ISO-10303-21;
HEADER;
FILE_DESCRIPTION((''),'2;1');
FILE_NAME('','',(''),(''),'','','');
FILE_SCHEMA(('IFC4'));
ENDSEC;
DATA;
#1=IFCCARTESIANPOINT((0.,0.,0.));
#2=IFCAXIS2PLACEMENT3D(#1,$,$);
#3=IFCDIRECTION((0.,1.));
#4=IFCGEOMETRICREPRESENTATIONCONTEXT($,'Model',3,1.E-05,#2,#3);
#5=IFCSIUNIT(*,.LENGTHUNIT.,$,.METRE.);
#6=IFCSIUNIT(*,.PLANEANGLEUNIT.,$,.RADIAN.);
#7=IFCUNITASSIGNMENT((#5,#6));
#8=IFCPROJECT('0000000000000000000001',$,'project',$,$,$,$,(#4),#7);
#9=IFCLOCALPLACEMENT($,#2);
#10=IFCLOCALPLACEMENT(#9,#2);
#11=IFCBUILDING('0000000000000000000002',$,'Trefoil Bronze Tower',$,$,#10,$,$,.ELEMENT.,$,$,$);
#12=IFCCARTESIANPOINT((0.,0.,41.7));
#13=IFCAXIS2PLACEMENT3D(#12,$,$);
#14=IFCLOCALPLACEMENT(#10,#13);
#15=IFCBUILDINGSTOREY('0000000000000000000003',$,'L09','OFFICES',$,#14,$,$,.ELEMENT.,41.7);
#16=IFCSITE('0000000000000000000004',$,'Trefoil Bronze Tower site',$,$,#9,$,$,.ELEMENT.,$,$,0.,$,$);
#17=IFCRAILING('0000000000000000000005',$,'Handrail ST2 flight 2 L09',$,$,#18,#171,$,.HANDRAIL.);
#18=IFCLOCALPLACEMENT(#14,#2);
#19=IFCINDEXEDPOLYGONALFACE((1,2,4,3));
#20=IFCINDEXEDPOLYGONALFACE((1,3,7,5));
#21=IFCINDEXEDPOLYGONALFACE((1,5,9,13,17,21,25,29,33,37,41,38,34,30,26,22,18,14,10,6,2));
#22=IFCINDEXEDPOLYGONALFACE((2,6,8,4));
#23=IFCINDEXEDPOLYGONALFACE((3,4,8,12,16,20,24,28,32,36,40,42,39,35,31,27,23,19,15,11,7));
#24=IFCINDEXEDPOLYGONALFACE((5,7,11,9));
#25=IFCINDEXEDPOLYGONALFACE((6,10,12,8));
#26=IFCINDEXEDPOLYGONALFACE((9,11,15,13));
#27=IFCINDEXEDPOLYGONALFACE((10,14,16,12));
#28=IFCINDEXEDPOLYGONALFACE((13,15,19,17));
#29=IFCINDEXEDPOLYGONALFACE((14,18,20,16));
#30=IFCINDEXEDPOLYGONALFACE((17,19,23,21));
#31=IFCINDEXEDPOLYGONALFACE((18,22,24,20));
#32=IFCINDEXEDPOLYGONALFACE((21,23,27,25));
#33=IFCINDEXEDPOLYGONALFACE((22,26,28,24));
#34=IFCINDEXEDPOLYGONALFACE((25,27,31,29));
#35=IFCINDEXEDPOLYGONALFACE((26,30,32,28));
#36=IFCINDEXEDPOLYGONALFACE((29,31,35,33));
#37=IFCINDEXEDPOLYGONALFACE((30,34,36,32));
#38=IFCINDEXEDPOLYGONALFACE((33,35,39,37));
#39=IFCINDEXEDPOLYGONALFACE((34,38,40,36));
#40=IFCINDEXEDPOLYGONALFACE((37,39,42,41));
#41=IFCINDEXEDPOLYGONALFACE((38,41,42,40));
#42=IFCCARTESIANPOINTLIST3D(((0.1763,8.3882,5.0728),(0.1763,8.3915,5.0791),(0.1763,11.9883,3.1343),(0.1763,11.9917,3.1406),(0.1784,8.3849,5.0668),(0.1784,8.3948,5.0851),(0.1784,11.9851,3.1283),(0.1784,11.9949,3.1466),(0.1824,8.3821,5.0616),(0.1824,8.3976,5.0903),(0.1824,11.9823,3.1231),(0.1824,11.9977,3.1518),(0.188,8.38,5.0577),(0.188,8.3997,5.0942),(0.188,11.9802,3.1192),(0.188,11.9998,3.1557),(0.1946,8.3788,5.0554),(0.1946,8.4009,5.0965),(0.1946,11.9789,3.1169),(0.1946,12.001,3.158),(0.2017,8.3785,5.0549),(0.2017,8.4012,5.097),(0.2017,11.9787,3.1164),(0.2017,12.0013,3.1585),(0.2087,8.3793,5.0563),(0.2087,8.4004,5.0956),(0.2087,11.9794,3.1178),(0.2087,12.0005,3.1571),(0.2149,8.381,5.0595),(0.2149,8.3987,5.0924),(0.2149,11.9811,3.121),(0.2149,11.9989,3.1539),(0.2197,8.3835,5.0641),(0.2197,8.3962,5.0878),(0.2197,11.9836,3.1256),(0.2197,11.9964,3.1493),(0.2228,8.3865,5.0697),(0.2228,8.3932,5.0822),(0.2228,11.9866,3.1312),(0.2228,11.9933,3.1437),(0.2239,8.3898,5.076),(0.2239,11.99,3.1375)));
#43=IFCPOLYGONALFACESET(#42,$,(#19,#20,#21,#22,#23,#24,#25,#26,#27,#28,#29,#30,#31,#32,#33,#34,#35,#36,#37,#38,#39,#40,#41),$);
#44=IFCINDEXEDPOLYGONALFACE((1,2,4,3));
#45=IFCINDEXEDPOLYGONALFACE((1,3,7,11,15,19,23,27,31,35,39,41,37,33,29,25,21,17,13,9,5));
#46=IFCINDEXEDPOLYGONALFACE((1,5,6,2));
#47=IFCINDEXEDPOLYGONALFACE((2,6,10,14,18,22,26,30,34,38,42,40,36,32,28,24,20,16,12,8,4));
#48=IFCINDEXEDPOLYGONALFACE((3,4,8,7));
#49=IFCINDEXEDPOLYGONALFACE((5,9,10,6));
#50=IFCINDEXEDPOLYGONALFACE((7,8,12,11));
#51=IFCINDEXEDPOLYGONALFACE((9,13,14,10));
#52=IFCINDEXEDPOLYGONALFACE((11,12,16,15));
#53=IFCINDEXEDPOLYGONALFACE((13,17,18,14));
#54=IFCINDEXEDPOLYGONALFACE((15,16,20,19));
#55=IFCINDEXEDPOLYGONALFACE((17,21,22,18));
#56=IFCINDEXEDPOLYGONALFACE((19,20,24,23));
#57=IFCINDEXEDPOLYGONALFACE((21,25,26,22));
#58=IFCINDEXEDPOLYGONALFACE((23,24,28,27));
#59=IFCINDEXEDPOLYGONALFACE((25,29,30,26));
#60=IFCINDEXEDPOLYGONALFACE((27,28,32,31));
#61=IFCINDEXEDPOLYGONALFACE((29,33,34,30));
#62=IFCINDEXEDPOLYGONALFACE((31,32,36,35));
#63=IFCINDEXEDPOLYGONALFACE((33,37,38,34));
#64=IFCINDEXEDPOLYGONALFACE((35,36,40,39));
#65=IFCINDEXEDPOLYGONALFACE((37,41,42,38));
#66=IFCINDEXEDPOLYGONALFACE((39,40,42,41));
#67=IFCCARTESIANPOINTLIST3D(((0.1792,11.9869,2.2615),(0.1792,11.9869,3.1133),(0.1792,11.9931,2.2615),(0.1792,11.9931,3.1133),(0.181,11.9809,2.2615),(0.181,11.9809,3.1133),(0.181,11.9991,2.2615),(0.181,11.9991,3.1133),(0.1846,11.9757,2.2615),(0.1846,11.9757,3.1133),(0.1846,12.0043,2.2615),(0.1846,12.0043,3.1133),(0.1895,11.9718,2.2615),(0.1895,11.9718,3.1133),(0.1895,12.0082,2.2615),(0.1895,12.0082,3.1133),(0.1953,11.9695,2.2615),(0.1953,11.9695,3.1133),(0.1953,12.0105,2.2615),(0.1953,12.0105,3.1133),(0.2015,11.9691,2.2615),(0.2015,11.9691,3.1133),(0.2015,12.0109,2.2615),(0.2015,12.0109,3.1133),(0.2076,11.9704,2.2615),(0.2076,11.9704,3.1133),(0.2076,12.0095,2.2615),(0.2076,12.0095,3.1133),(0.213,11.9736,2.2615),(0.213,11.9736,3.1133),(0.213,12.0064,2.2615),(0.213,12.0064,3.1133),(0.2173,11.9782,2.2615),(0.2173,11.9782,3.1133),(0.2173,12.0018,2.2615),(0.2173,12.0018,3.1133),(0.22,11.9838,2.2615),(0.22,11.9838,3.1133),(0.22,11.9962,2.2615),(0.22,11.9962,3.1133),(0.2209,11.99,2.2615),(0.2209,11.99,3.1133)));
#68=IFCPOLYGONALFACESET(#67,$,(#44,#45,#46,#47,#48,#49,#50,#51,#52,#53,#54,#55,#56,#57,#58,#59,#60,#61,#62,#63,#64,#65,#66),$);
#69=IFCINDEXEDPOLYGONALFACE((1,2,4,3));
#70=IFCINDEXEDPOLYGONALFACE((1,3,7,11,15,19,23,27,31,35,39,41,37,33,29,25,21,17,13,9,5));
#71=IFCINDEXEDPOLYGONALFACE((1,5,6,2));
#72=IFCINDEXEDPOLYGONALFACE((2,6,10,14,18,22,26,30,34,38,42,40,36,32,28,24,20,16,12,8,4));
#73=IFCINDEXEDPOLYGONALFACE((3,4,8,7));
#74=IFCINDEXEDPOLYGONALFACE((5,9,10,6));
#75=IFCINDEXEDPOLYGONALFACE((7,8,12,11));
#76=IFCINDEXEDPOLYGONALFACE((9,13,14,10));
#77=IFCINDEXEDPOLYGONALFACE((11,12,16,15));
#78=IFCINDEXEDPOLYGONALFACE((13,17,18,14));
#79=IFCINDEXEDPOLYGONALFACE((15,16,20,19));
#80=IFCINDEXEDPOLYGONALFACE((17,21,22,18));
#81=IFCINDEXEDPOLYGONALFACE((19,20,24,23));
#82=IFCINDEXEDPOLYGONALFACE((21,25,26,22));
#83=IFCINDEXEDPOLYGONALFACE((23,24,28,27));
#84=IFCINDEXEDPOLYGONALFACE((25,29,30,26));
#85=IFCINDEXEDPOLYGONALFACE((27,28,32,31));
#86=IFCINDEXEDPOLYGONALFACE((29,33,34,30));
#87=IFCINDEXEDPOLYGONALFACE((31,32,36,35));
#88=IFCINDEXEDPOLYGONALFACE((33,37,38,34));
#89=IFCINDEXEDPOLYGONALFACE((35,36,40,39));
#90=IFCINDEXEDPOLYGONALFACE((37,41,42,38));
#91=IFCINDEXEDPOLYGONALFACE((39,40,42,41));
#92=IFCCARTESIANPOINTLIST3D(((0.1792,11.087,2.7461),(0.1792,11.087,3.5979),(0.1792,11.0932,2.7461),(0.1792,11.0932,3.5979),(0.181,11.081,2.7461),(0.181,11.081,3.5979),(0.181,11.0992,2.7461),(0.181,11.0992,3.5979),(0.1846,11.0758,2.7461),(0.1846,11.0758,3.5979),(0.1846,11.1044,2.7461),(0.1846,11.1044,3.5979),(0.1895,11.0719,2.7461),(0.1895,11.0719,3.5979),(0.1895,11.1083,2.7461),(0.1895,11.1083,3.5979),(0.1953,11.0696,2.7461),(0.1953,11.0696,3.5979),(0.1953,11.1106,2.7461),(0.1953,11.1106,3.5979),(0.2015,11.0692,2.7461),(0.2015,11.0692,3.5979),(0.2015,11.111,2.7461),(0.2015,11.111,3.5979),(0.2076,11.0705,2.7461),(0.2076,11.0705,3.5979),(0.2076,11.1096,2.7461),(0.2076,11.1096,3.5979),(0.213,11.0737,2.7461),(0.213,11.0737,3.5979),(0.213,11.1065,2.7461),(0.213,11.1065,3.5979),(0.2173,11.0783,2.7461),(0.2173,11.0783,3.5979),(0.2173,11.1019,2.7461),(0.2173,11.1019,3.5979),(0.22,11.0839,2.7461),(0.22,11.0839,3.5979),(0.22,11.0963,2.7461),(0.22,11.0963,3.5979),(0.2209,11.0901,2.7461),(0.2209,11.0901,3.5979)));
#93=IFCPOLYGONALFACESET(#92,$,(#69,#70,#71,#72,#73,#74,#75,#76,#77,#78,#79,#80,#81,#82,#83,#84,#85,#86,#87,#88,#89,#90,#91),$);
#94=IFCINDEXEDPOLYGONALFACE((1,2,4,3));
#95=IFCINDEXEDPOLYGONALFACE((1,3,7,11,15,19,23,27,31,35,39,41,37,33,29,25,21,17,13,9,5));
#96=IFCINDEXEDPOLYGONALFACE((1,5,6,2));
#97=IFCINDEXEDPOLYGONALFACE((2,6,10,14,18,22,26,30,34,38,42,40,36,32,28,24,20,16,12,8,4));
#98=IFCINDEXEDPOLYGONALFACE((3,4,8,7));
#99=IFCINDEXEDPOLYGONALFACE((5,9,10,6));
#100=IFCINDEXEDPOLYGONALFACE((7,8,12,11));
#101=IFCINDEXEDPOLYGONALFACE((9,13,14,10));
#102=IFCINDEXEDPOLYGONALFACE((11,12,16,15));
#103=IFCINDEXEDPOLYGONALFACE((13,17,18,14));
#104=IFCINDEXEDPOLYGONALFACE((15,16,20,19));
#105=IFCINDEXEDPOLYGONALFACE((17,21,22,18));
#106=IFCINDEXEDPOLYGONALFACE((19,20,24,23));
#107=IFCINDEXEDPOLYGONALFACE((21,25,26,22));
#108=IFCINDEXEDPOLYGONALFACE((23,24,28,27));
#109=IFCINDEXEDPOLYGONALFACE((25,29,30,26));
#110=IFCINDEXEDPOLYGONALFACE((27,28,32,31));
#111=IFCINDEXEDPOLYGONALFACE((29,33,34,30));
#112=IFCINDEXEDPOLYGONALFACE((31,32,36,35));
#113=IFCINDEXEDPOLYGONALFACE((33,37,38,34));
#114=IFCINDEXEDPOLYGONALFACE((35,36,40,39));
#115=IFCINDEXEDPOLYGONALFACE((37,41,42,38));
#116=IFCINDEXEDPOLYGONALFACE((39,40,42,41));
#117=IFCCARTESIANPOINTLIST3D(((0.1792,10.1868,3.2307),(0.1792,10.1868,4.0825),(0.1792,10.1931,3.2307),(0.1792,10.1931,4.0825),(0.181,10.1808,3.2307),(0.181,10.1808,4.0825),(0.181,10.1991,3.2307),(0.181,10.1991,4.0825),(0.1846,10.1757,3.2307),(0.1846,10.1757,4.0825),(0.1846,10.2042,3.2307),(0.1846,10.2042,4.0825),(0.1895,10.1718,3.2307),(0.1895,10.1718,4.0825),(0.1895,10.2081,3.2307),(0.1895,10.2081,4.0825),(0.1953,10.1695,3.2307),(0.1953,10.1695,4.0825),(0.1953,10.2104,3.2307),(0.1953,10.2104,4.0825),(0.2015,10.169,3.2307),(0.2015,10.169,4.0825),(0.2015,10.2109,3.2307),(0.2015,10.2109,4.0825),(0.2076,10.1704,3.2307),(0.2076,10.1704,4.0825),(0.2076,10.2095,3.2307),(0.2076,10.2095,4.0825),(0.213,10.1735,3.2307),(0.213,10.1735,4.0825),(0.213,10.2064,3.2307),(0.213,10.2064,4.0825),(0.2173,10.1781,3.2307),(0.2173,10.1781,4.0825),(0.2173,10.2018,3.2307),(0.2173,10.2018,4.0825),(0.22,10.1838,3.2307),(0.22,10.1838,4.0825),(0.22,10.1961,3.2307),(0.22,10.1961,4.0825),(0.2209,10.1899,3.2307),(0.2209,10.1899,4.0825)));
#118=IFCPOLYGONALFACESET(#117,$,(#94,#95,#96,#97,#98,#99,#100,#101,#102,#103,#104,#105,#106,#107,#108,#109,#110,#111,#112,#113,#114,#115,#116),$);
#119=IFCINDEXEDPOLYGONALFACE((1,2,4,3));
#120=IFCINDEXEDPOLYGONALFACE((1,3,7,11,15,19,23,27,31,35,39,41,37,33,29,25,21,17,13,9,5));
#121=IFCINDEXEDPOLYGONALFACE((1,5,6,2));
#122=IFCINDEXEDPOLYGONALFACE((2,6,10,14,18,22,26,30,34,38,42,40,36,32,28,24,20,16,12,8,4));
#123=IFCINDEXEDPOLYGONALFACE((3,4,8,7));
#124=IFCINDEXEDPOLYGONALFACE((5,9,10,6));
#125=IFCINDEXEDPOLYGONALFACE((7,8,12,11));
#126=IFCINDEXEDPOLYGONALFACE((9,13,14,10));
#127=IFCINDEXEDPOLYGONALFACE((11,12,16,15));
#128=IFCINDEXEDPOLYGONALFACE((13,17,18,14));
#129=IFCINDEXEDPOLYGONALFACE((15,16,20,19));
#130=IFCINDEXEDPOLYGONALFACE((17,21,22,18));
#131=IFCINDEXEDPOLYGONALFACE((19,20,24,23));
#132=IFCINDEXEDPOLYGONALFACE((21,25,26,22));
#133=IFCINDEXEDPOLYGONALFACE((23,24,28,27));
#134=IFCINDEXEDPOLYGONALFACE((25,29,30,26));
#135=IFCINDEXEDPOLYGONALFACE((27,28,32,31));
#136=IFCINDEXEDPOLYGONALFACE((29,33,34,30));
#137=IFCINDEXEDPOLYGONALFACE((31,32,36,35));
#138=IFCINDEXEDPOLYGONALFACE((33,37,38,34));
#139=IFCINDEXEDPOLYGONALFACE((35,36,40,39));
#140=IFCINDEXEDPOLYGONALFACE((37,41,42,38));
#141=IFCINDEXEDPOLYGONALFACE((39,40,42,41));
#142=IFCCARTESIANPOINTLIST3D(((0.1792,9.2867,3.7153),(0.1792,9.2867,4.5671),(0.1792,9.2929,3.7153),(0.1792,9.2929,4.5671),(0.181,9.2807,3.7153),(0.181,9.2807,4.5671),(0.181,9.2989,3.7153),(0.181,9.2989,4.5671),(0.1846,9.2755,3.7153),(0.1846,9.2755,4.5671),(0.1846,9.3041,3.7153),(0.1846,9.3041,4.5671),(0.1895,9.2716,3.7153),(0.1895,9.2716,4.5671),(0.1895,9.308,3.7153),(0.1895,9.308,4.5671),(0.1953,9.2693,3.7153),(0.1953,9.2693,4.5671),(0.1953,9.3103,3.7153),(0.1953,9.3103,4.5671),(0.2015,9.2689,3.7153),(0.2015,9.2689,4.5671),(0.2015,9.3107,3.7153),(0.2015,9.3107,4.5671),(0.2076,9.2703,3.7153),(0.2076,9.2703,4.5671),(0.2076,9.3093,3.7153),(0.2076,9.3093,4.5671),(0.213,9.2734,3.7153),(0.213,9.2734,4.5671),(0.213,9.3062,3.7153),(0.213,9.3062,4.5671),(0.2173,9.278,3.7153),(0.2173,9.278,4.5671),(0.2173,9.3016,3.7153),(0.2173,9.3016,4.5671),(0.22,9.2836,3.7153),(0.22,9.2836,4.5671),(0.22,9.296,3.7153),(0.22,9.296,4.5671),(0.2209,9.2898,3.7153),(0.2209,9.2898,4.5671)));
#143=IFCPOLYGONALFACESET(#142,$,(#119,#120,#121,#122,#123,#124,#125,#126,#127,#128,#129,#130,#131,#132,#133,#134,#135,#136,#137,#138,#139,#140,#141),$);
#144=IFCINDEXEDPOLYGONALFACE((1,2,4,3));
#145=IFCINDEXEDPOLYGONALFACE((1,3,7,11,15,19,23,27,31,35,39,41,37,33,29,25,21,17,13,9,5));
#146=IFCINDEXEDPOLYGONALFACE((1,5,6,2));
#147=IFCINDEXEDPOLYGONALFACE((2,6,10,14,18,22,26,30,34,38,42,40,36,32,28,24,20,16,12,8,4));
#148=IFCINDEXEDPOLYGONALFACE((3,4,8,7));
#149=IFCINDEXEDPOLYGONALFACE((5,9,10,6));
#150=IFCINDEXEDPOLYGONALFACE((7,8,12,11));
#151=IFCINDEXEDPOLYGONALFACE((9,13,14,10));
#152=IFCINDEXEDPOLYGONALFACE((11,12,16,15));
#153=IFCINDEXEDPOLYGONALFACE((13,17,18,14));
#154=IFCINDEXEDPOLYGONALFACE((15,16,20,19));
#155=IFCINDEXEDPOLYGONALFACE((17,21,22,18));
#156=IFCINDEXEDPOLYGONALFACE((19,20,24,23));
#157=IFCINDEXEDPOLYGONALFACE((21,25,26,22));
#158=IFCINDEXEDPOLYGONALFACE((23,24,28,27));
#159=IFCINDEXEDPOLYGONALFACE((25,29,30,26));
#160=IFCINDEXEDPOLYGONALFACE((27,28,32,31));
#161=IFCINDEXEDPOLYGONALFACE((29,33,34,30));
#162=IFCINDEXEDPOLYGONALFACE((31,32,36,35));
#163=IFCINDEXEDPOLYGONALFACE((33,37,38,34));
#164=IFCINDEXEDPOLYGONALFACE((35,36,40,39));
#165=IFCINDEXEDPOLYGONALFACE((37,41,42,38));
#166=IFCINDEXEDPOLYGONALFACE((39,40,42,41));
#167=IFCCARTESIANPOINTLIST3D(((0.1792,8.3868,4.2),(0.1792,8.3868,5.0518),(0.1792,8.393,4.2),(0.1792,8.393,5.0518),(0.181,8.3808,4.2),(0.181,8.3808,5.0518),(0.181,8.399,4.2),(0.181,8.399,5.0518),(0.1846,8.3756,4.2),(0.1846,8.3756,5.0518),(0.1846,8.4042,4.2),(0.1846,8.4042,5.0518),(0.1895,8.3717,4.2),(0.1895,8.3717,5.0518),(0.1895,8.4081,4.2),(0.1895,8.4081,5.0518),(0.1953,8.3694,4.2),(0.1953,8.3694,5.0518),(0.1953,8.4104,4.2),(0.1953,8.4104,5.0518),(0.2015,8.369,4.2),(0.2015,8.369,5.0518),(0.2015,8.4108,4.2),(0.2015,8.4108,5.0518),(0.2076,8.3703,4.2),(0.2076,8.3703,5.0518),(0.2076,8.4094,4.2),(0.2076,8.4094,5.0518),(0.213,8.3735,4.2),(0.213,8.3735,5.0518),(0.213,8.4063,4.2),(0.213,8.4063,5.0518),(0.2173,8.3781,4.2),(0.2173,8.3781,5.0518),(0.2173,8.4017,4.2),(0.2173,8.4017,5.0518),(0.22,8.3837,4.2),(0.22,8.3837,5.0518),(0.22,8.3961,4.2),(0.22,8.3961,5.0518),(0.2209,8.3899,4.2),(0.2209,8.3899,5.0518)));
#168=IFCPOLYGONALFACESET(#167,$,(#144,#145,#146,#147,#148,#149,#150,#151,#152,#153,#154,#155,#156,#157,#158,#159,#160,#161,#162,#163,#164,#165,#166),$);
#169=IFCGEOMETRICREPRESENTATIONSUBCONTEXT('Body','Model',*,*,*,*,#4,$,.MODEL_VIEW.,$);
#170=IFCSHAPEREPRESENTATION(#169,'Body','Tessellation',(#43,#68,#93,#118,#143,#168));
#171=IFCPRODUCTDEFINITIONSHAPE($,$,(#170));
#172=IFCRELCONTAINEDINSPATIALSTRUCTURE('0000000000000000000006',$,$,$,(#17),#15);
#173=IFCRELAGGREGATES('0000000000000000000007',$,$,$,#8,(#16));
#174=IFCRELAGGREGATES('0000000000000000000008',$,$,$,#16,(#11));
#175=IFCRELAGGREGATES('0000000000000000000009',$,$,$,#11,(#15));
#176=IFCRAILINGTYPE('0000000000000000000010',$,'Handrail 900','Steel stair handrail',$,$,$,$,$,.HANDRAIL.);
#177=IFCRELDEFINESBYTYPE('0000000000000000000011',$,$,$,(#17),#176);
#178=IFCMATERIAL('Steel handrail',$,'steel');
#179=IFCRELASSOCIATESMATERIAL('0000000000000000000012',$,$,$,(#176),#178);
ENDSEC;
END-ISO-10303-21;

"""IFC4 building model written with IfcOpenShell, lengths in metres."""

from ifc_helpers import new_model, si_unit, direction, frame, origin, origin_2d, place, context, subcontext, project, spatial, circle, extrude, material, type_object, element, save


model = new_model("IFC4")

# Units and contexts
model_context = context("Model", 3, precision=1e-05, world=origin(), true_north=direction((0.0, 1.0)))
body_context = subcontext(model_context, "Body", "Model", "MODEL_VIEW")
ifc_project = project(units=[si_unit("LENGTHUNIT", "METRE"), si_unit("PLANEANGLEUNIT", "RADIAN")], contexts=[model_context])

# Site, building, storey
site_placement = place(None, origin())
site = spatial("IfcSite", under=ifc_project, at=site_placement, Name="Trefoil Bronze Tower site", CompositionType="ELEMENT", RefElevation=0.0)
building_placement = place(site_placement, origin())
building = spatial("IfcBuilding", under=site, at=building_placement, Name="Trefoil Bronze Tower", CompositionType="ELEMENT")
storey_placement = place(building_placement, frame((0.0, 0.0, 41.7)))
storey = spatial("IfcBuildingStorey", under=building, at=storey_placement, Name="L09", Description="OFFICES", CompositionType="ELEMENT", Elevation=41.7)

# Railing
ifc_material_1 = material(Name="Steel handrail", Category="steel")
railing_type = type_object("IfcRailingType", Name="Handrail 900", Description="Steel stair handrail", PredefinedType="HANDRAIL", material=ifc_material_1)
railing_placement = place(storey_placement, frame((0.2, 11.99, 2.2615)))
element("IfcRailing", 1, at=railing_placement, inside=storey, type_object=railing_type, Name="Handrail ST2 flight 2 L09", PredefinedType="HANDRAIL", context=body_context, shape_type="SweptSolid", body=[
    extrude(circle(Radius=0.0239, at=origin_2d()), frame((0.0, 0.0, 0.876), z_axis=(0.0, -0.880475, 0.474093), x_axis=(1.0, 0.0, 0.0)), (0.0, 0.0, 1.0), 4.0889),
    extrude(circle(Radius=0.021, at=origin_2d()), origin(), (0.0, 0.0, 1.0), 0.8518),
    extrude(circle(Radius=0.021, at=origin_2d()), frame((0.0, -0.8999, 0.4846)), (0.0, 0.0, 1.0), 0.8518),
    extrude(circle(Radius=0.021, at=origin_2d()), frame((0.0, -1.8, 0.9692)), (0.0, 0.0, 1.0), 0.8518),
    extrude(circle(Radius=0.021, at=origin_2d()), frame((0.0, -2.7002, 1.4539)), (0.0, 0.0, 1.0), 0.8518),
    extrude(circle(Radius=0.021, at=origin_2d()), frame((0.0, -3.6001, 1.9385)), (0.0, 0.0, 1.0), 0.8518),
])

save(model, "model.ifc")
